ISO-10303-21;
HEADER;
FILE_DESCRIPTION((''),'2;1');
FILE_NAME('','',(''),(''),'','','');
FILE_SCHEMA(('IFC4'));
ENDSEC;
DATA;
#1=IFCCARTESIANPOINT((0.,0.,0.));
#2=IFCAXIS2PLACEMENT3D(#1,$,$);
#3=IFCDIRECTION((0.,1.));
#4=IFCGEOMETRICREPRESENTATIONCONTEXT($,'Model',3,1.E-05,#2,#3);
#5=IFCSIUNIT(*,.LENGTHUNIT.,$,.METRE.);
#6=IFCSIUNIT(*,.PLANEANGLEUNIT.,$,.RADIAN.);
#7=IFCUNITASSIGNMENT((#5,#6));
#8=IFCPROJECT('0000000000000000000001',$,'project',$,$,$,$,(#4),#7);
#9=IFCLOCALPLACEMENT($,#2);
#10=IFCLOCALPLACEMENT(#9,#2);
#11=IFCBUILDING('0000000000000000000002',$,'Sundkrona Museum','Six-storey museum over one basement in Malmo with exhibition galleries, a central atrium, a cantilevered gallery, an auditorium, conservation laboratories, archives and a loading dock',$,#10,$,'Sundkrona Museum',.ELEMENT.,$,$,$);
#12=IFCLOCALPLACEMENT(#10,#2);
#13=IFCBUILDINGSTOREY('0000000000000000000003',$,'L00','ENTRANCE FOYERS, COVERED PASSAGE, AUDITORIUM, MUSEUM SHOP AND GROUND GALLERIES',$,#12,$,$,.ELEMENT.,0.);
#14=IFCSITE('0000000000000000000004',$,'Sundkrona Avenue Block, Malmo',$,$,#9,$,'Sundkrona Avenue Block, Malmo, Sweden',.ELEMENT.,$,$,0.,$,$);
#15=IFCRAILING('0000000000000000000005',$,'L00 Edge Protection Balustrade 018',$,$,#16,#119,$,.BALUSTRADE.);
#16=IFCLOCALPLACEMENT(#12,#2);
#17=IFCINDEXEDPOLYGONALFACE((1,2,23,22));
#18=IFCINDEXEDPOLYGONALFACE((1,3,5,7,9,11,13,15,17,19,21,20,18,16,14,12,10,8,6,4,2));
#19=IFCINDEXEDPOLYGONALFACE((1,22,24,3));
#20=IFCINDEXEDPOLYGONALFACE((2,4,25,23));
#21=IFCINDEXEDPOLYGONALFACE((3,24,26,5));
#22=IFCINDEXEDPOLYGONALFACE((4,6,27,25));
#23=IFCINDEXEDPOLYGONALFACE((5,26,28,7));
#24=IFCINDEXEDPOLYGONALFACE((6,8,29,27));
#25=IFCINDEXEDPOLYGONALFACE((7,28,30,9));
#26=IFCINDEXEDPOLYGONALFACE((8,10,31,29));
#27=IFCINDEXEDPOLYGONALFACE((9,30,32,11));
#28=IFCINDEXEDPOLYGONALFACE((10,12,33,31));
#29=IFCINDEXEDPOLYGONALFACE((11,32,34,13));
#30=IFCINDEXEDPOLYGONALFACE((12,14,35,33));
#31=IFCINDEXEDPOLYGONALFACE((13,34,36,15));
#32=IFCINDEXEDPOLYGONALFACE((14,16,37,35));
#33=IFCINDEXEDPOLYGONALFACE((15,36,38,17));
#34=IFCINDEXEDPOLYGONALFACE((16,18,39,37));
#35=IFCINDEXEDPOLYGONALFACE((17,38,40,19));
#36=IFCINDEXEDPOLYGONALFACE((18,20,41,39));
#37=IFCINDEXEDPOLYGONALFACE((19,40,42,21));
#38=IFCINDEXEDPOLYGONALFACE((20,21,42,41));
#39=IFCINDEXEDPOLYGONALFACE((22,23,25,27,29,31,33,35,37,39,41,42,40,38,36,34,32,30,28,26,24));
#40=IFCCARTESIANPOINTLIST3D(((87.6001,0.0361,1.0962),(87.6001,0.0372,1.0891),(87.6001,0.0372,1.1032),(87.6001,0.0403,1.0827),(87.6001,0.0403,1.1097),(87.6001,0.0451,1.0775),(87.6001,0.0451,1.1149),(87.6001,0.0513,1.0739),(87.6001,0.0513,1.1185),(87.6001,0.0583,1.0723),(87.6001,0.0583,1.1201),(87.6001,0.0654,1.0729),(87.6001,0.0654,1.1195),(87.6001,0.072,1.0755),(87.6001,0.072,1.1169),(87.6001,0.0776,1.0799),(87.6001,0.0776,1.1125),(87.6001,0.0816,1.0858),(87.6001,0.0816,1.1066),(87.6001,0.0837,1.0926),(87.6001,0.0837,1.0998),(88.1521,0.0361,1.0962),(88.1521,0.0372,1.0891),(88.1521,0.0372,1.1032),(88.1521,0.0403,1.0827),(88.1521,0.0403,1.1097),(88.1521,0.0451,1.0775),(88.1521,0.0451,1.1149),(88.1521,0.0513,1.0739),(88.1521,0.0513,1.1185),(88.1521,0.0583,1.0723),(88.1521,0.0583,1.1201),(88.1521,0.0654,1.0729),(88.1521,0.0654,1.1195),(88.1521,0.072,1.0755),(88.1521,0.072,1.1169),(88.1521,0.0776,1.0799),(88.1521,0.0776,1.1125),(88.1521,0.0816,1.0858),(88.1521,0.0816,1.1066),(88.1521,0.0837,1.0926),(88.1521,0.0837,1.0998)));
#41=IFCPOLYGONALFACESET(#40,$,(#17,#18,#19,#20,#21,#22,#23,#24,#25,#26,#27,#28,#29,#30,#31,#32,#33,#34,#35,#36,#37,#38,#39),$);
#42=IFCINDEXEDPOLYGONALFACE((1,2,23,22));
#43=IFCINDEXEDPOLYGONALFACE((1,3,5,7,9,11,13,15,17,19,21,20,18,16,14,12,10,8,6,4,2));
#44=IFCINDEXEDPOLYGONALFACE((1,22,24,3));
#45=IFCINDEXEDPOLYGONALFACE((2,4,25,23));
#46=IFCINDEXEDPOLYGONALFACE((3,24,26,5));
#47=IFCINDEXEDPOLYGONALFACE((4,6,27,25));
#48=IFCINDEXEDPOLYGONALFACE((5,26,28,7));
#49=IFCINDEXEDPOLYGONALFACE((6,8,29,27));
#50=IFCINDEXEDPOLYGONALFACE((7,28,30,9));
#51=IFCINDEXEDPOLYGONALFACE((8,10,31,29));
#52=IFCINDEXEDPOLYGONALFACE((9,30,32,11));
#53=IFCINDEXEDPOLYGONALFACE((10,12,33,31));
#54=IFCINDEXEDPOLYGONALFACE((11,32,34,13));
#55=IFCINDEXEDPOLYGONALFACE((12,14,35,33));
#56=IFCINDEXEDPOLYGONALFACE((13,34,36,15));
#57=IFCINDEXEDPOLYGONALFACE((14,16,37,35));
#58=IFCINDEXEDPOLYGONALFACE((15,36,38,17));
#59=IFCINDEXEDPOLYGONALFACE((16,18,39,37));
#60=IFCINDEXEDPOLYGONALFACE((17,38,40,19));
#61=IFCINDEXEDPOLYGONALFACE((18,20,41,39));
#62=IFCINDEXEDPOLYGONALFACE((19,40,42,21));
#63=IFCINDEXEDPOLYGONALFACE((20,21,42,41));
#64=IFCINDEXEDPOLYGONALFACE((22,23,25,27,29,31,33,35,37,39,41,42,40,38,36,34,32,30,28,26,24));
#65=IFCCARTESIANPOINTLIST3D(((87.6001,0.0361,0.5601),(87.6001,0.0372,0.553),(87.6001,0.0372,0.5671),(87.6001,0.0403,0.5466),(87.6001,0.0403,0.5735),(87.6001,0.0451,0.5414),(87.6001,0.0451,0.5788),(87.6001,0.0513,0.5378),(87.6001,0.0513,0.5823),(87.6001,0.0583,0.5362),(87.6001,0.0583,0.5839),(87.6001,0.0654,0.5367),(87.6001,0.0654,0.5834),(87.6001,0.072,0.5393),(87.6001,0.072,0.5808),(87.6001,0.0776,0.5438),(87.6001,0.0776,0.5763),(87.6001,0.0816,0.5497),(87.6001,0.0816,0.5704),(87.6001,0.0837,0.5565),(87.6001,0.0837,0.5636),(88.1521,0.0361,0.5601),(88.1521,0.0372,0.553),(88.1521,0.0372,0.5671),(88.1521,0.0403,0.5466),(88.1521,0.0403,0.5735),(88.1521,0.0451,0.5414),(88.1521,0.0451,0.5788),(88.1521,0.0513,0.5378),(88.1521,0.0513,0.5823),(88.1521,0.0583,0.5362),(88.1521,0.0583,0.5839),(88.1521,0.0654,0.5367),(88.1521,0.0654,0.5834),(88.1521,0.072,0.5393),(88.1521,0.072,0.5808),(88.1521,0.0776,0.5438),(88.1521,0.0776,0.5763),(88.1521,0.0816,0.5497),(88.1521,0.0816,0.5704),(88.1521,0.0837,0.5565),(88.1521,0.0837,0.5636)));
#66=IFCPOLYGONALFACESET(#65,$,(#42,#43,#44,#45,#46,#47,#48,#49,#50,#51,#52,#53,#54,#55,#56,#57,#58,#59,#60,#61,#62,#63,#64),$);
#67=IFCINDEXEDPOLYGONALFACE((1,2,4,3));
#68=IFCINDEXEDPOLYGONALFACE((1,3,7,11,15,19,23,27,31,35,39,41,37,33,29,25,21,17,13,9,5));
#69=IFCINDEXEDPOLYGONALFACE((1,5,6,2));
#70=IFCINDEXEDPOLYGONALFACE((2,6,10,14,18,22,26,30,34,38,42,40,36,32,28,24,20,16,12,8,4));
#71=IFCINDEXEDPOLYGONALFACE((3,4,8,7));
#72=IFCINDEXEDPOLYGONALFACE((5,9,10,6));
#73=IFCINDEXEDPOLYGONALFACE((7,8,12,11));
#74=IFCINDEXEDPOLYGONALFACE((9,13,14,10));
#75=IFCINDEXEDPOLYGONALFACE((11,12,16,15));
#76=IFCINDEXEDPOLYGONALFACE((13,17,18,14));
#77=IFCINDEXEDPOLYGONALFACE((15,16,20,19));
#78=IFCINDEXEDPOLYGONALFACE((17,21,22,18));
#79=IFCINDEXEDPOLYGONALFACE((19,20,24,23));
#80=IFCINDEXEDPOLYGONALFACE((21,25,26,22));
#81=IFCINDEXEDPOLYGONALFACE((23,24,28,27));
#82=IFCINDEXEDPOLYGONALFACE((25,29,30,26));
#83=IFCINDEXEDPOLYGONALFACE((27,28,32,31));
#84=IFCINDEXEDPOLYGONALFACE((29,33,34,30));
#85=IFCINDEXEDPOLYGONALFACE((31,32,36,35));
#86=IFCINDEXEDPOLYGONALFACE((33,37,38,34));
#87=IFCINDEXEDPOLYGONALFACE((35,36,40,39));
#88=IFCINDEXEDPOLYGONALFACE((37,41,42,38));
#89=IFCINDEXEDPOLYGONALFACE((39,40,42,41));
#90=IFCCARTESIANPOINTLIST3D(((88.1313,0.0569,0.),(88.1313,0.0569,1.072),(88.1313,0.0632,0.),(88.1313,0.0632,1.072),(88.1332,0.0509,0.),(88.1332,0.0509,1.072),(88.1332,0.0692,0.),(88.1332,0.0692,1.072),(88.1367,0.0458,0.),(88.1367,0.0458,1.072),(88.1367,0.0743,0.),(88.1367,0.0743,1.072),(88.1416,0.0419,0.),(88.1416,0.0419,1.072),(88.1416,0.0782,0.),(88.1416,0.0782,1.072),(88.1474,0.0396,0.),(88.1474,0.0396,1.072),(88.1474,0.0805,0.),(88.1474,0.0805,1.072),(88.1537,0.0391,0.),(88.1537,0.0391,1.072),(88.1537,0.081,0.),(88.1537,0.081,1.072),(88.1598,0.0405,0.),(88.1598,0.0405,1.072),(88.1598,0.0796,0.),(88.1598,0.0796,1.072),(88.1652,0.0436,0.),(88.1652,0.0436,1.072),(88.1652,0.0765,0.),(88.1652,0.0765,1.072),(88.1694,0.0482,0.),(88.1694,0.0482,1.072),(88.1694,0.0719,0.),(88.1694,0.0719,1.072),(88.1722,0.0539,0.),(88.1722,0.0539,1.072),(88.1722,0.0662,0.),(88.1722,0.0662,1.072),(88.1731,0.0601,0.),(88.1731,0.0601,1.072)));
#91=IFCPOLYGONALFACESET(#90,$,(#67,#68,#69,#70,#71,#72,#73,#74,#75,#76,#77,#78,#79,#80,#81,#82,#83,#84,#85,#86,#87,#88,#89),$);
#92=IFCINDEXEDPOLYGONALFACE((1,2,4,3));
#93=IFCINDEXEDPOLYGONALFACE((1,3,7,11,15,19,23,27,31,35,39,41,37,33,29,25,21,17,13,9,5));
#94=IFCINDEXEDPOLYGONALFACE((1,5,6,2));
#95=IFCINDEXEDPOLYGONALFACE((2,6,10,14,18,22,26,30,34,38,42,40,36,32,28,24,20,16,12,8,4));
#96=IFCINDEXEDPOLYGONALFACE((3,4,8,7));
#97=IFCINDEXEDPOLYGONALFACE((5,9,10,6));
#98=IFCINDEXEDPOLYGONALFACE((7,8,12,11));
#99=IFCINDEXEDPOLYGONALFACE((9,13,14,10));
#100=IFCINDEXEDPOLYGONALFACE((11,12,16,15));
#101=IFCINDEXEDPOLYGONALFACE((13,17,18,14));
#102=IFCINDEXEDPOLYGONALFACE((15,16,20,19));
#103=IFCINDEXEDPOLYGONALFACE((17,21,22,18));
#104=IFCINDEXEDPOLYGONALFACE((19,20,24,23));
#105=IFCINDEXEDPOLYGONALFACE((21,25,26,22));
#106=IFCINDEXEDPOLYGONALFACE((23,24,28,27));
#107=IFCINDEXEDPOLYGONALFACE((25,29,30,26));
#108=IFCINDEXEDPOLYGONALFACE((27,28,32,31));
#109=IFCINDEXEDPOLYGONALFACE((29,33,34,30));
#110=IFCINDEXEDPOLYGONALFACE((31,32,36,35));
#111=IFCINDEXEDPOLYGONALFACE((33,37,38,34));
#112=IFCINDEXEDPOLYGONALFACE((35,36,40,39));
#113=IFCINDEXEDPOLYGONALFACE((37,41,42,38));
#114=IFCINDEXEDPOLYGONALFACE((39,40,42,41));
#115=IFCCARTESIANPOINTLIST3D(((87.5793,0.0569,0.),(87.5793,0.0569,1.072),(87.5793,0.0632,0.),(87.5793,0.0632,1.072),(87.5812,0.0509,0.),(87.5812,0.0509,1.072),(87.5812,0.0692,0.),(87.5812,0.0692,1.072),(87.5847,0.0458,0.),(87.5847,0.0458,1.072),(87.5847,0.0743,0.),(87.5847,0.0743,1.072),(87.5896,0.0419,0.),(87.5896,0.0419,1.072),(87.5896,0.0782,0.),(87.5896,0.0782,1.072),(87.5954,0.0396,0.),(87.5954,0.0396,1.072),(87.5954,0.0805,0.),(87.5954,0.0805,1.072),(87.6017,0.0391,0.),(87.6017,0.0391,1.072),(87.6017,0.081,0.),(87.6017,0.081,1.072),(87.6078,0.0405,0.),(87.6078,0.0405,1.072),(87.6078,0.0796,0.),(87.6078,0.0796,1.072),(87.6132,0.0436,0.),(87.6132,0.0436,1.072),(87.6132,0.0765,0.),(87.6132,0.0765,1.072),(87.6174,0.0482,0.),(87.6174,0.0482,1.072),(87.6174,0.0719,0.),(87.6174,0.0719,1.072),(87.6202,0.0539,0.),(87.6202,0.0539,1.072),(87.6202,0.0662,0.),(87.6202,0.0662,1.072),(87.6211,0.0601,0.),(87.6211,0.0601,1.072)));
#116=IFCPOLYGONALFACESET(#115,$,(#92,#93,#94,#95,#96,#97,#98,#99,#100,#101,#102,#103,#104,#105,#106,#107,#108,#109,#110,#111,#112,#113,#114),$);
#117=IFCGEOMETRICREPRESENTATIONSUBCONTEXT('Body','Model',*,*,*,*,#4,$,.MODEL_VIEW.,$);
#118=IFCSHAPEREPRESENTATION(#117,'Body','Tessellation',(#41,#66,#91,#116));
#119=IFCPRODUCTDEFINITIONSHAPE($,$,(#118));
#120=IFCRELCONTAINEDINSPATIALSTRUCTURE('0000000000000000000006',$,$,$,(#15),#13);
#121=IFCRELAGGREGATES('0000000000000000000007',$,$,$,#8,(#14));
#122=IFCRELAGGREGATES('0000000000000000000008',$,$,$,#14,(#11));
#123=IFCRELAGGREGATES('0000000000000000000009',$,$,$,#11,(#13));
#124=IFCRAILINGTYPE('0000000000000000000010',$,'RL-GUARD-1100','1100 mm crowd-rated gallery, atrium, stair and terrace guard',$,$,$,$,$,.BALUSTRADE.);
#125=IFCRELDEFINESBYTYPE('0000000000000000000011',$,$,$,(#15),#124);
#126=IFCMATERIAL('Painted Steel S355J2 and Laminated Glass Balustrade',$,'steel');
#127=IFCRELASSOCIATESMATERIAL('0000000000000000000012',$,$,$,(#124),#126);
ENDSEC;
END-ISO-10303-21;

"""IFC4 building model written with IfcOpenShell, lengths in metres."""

from ifc_helpers import new_model, si_unit, direction, frame, origin, origin_2d, place, context, subcontext, project, spatial, circle, extrude, material, type_object, element, save


model = new_model("IFC4")

# Units and contexts
model_context = context("Model", 3, precision=1e-05, world=origin(), true_north=direction((0.0, 1.0)))
body_context = subcontext(model_context, "Body", "Model", "MODEL_VIEW")
ifc_project = project(units=[si_unit("LENGTHUNIT", "METRE"), si_unit("PLANEANGLEUNIT", "RADIAN")], contexts=[model_context])

# Site, building, storey
site_placement = place(None, origin())
site = spatial("IfcSite", under=ifc_project, at=site_placement, Name="Sundkrona Avenue Block, Malmo", LongName="Sundkrona Avenue Block, Malmo, Sweden", CompositionType="ELEMENT", RefElevation=0.0)
building_placement = place(site_placement, origin())
building = spatial("IfcBuilding", under=site, at=building_placement, Name="Sundkrona Museum", Description="Six-storey museum over one basement in Malmo with exhibition galleries, a central atrium, a cantilevered gallery, an auditorium, conservation laboratories, archives and a loading dock", LongName="Sundkrona Museum", CompositionType="ELEMENT")
storey_placement = place(building_placement, origin())
storey = spatial("IfcBuildingStorey", under=building, at=storey_placement, Name="L00", Description="ENTRANCE FOYERS, COVERED PASSAGE, AUDITORIUM, MUSEUM SHOP AND GROUND GALLERIES", CompositionType="ELEMENT", Elevation=0.0)

# Railing
ifc_material_1 = material(Name="Painted Steel S355J2 and Laminated Glass Balustrade", Category="steel")
railing_type = type_object("IfcRailingType", Name="RL-GUARD-1100", Description="1100 mm crowd-rated gallery, atrium, stair and terrace guard", PredefinedType="BALUSTRADE", material=ifc_material_1)
railing_1_placement = place(storey_placement, frame((88.1521, 0.0601, 0.0)))
element("IfcRailing", 1, at=railing_1_placement, inside=storey, type_object=railing_type, Name="L00 Edge Protection Balustrade 018", PredefinedType="BALUSTRADE", context=body_context, shape_type="SweptSolid", body=[
    extrude(circle(Radius=0.0239, at=origin_2d()), frame((0.0, 0.0, 1.0962), z_axis=(-1.0, 0.0, 0.0), x_axis=(0.0, -1.0, 0.0)), (0.0, 0.0, 1.0), 0.552),
    extrude(circle(Radius=0.0239, at=origin_2d()), frame((0.0, 0.0, 0.5601), z_axis=(-1.0, 0.0, 0.0), x_axis=(0.0, -1.0, 0.0)), (0.0, 0.0, 1.0), 0.552),
    extrude(circle(Radius=0.021, at=origin_2d()), origin(), (0.0, 0.0, 1.0), 1.072),
    extrude(circle(Radius=0.021, at=origin_2d()), frame((-0.552, 0.0, 0.0)), (0.0, 0.0, 1.0), 1.072),
])

save(model, "model.ifc")
